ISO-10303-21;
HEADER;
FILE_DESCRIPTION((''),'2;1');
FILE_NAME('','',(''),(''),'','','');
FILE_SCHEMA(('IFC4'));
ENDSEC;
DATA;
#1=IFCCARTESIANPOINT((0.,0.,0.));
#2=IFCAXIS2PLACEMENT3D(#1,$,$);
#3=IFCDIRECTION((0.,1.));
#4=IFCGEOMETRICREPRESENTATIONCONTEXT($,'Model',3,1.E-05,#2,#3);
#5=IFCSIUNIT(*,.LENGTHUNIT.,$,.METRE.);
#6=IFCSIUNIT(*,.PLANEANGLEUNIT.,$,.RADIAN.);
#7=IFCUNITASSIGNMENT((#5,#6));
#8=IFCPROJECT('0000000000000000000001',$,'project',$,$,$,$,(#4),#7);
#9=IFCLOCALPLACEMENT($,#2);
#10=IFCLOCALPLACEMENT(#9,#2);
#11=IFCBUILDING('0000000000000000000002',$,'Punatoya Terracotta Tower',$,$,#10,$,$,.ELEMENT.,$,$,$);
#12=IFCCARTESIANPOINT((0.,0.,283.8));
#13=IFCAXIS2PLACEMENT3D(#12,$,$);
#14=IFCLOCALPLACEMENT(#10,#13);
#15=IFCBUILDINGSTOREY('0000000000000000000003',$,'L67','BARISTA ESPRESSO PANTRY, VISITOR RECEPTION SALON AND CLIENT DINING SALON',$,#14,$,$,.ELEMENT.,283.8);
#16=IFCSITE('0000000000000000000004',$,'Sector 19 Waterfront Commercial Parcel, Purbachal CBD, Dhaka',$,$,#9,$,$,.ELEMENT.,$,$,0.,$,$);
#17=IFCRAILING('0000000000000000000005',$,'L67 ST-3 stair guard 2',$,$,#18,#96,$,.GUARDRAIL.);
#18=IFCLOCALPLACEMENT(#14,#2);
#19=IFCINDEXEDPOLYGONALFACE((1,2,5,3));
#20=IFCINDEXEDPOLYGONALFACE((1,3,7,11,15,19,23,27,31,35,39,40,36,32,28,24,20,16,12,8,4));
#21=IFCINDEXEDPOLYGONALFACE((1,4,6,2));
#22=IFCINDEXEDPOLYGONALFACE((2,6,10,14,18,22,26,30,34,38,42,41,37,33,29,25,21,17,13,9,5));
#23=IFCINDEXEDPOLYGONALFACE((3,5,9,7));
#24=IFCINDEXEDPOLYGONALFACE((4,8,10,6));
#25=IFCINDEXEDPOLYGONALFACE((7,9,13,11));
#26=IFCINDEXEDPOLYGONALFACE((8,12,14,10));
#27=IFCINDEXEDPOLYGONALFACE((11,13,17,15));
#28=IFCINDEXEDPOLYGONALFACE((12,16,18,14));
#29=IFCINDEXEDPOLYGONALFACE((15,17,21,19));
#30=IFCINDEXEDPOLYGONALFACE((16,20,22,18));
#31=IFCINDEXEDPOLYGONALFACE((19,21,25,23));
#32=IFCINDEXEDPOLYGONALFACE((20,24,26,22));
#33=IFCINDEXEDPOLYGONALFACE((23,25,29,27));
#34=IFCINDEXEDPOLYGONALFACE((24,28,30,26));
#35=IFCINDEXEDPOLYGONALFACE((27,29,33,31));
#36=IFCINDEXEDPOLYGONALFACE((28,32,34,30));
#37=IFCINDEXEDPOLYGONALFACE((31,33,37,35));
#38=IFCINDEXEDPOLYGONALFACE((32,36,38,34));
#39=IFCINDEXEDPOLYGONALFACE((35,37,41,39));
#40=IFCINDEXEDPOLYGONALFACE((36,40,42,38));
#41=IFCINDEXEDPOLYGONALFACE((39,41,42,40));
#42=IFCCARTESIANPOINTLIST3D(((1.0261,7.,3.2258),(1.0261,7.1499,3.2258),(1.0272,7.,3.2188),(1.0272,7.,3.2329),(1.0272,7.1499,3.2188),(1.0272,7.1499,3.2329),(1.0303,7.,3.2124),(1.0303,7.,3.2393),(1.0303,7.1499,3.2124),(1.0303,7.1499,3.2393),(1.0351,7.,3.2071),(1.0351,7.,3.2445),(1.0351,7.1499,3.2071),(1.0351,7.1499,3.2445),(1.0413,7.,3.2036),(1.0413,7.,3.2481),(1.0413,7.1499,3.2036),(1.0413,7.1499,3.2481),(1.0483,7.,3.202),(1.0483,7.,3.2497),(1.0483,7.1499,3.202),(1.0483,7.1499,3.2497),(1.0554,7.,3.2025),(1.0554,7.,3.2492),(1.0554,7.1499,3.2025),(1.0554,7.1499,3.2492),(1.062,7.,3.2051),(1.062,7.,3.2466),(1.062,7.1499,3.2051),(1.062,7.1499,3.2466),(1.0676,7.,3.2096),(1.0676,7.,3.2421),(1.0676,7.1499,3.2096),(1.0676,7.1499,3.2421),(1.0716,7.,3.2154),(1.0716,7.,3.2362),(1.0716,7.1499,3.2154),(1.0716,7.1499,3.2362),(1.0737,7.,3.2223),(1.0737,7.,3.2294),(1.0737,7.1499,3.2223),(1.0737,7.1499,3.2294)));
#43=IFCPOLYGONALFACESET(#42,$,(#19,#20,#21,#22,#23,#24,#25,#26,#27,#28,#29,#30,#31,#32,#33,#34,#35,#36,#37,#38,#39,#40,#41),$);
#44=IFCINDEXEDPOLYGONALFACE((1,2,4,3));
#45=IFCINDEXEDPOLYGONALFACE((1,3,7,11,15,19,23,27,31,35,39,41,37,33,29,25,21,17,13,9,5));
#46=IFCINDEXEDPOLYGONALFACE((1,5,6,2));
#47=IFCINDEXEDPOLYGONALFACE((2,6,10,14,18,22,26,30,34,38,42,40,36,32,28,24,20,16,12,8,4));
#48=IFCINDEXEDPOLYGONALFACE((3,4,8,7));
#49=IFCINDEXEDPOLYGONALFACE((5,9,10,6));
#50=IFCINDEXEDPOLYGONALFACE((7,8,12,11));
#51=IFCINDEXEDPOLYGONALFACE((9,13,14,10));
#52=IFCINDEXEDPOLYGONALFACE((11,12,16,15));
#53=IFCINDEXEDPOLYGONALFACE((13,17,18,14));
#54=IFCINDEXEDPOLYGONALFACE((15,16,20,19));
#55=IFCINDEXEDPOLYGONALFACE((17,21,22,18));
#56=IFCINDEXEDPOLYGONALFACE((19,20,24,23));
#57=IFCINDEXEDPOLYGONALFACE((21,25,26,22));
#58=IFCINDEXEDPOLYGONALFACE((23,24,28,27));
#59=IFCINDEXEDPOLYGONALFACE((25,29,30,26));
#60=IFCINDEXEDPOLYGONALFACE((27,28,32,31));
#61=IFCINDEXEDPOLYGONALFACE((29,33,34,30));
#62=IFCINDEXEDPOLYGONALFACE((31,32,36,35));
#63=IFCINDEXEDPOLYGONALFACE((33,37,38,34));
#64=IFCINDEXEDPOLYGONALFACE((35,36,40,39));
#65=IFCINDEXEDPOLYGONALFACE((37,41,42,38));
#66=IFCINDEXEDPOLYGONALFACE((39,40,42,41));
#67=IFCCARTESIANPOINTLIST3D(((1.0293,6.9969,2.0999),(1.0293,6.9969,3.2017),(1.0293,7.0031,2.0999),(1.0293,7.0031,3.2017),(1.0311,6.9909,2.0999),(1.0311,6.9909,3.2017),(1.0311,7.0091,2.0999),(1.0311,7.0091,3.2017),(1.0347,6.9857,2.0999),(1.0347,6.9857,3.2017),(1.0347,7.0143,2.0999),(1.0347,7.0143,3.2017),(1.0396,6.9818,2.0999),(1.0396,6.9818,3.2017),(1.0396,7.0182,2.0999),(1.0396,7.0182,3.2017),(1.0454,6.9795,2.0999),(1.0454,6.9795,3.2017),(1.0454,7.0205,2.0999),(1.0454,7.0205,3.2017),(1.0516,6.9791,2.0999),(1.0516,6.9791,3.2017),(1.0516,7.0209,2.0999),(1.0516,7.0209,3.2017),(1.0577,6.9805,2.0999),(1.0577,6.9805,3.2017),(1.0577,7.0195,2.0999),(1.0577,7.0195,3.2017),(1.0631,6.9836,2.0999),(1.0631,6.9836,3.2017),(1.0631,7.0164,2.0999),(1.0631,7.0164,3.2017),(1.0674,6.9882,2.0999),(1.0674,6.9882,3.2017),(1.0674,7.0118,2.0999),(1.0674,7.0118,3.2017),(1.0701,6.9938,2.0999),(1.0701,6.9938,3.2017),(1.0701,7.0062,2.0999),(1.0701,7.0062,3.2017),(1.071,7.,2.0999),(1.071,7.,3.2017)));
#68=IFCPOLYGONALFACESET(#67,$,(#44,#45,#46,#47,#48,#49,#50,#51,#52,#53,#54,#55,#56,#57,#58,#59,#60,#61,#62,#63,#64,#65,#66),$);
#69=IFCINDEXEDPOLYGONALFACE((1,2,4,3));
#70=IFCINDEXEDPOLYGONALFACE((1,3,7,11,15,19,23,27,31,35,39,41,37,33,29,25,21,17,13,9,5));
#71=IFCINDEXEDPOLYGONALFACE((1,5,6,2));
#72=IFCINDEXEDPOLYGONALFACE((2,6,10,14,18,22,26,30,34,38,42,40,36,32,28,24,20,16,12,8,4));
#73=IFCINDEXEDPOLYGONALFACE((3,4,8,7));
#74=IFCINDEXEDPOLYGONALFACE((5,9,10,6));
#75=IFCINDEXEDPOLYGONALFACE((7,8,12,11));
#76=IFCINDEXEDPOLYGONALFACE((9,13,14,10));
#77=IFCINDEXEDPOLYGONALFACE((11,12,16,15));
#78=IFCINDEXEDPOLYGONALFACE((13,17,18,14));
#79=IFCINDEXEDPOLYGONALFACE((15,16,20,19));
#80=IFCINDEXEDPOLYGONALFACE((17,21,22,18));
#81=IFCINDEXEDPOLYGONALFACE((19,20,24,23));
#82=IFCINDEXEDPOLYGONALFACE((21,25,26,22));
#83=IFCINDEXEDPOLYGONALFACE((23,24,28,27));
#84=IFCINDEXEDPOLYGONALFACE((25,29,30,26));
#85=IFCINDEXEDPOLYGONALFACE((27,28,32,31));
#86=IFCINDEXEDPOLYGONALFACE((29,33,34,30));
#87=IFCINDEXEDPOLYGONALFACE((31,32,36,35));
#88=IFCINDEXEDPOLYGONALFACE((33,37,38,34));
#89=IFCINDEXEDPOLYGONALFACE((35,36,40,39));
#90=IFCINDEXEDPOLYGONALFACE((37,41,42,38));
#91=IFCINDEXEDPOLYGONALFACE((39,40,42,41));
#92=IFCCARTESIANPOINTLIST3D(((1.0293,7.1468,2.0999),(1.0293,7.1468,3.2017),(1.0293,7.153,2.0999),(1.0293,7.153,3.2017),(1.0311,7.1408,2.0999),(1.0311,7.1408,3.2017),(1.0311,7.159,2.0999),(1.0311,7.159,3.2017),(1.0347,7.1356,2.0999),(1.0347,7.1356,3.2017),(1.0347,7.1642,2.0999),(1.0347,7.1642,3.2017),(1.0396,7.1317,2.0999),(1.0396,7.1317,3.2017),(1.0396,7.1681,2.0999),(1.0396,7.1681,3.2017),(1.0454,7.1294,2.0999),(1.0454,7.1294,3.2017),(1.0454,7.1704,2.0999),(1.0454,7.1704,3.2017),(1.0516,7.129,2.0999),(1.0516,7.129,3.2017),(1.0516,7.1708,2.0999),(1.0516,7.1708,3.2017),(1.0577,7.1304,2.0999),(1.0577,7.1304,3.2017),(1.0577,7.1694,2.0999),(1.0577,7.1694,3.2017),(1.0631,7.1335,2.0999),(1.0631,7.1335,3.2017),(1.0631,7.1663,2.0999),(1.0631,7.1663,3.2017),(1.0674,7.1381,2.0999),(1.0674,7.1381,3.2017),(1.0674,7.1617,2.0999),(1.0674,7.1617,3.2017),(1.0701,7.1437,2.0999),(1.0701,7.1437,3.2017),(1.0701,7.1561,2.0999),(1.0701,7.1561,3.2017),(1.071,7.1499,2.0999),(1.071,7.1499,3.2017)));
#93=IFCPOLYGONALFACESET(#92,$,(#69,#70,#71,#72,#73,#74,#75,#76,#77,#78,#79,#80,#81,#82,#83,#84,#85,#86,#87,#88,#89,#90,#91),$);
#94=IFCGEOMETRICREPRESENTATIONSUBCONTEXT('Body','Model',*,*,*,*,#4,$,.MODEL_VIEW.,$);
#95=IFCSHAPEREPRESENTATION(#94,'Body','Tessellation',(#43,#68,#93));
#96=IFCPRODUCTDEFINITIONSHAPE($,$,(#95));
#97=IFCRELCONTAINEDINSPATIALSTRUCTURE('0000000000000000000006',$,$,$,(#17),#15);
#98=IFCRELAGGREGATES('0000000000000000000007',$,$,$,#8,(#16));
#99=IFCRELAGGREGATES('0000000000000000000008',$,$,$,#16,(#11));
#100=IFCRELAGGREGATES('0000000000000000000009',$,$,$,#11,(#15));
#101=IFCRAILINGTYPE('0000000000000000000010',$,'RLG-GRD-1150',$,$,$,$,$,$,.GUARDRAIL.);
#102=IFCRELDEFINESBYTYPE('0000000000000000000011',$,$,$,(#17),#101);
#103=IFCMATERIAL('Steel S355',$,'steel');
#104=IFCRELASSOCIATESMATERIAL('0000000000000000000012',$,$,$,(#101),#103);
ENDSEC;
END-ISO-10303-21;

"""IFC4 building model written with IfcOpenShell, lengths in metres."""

from ifc_helpers import new_model, si_unit, direction, frame, origin, origin_2d, place, context, subcontext, project, spatial, circle, extrude, material, type_object, element, save


model = new_model("IFC4")

# Units and contexts
model_context = context("Model", 3, precision=1e-05, world=origin(), true_north=direction((0.0, 1.0)))
body_context = subcontext(model_context, "Body", "Model", "MODEL_VIEW")
ifc_project = project(units=[si_unit("LENGTHUNIT", "METRE"), si_unit("PLANEANGLEUNIT", "RADIAN")], contexts=[model_context])

# Site, building, storey
site_placement = place(None, origin())
site = spatial("IfcSite", under=ifc_project, at=site_placement, Name="Sector 19 Waterfront Commercial Parcel, Purbachal CBD, Dhaka", CompositionType="ELEMENT", RefElevation=0.0)
building_placement = place(site_placement, origin())
building = spatial("IfcBuilding", under=site, at=building_placement, Name="Punatoya Terracotta Tower", CompositionType="ELEMENT")
storey_placement = place(building_placement, frame((0.0, 0.0, 283.8)))
storey = spatial("IfcBuildingStorey", under=building, at=storey_placement, Name="L67", Description="BARISTA ESPRESSO PANTRY, VISITOR RECEPTION SALON AND CLIENT DINING SALON", CompositionType="ELEMENT", Elevation=283.8)

# Shared definitions
ifc_material_1 = material(Name="Steel S355", Category="steel")

# Railing
railing_type = type_object("IfcRailingType", Name="RLG-GRD-1150", PredefinedType="GUARDRAIL", material=ifc_material_1)
railing_1_placement = place(storey_placement, frame((1.05, 7.0, 2.0999)))
element("IfcRailing", 1, at=railing_1_placement, inside=storey, type_object=railing_type, Name="L67 ST-3 stair guard 2", PredefinedType="GUARDRAIL", context=body_context, shape_type="SweptSolid", body=[
    extrude(circle(Radius=0.0239, at=origin_2d()), frame((0.0, 0.0, 1.126), z_axis=(0.0, 1.0, 0.0), x_axis=(-1.0, 0.0, 0.0)), (0.0, 0.0, 1.0), 0.1499),
    extrude(circle(Radius=0.021, at=origin_2d()), origin(), (0.0, 0.0, 1.0), 1.1018),
    extrude(circle(Radius=0.021, at=origin_2d()), frame((0.0, 0.1499, 0.0)), (0.0, 0.0, 1.0), 1.1018),
])

save(model, "model.ifc")
